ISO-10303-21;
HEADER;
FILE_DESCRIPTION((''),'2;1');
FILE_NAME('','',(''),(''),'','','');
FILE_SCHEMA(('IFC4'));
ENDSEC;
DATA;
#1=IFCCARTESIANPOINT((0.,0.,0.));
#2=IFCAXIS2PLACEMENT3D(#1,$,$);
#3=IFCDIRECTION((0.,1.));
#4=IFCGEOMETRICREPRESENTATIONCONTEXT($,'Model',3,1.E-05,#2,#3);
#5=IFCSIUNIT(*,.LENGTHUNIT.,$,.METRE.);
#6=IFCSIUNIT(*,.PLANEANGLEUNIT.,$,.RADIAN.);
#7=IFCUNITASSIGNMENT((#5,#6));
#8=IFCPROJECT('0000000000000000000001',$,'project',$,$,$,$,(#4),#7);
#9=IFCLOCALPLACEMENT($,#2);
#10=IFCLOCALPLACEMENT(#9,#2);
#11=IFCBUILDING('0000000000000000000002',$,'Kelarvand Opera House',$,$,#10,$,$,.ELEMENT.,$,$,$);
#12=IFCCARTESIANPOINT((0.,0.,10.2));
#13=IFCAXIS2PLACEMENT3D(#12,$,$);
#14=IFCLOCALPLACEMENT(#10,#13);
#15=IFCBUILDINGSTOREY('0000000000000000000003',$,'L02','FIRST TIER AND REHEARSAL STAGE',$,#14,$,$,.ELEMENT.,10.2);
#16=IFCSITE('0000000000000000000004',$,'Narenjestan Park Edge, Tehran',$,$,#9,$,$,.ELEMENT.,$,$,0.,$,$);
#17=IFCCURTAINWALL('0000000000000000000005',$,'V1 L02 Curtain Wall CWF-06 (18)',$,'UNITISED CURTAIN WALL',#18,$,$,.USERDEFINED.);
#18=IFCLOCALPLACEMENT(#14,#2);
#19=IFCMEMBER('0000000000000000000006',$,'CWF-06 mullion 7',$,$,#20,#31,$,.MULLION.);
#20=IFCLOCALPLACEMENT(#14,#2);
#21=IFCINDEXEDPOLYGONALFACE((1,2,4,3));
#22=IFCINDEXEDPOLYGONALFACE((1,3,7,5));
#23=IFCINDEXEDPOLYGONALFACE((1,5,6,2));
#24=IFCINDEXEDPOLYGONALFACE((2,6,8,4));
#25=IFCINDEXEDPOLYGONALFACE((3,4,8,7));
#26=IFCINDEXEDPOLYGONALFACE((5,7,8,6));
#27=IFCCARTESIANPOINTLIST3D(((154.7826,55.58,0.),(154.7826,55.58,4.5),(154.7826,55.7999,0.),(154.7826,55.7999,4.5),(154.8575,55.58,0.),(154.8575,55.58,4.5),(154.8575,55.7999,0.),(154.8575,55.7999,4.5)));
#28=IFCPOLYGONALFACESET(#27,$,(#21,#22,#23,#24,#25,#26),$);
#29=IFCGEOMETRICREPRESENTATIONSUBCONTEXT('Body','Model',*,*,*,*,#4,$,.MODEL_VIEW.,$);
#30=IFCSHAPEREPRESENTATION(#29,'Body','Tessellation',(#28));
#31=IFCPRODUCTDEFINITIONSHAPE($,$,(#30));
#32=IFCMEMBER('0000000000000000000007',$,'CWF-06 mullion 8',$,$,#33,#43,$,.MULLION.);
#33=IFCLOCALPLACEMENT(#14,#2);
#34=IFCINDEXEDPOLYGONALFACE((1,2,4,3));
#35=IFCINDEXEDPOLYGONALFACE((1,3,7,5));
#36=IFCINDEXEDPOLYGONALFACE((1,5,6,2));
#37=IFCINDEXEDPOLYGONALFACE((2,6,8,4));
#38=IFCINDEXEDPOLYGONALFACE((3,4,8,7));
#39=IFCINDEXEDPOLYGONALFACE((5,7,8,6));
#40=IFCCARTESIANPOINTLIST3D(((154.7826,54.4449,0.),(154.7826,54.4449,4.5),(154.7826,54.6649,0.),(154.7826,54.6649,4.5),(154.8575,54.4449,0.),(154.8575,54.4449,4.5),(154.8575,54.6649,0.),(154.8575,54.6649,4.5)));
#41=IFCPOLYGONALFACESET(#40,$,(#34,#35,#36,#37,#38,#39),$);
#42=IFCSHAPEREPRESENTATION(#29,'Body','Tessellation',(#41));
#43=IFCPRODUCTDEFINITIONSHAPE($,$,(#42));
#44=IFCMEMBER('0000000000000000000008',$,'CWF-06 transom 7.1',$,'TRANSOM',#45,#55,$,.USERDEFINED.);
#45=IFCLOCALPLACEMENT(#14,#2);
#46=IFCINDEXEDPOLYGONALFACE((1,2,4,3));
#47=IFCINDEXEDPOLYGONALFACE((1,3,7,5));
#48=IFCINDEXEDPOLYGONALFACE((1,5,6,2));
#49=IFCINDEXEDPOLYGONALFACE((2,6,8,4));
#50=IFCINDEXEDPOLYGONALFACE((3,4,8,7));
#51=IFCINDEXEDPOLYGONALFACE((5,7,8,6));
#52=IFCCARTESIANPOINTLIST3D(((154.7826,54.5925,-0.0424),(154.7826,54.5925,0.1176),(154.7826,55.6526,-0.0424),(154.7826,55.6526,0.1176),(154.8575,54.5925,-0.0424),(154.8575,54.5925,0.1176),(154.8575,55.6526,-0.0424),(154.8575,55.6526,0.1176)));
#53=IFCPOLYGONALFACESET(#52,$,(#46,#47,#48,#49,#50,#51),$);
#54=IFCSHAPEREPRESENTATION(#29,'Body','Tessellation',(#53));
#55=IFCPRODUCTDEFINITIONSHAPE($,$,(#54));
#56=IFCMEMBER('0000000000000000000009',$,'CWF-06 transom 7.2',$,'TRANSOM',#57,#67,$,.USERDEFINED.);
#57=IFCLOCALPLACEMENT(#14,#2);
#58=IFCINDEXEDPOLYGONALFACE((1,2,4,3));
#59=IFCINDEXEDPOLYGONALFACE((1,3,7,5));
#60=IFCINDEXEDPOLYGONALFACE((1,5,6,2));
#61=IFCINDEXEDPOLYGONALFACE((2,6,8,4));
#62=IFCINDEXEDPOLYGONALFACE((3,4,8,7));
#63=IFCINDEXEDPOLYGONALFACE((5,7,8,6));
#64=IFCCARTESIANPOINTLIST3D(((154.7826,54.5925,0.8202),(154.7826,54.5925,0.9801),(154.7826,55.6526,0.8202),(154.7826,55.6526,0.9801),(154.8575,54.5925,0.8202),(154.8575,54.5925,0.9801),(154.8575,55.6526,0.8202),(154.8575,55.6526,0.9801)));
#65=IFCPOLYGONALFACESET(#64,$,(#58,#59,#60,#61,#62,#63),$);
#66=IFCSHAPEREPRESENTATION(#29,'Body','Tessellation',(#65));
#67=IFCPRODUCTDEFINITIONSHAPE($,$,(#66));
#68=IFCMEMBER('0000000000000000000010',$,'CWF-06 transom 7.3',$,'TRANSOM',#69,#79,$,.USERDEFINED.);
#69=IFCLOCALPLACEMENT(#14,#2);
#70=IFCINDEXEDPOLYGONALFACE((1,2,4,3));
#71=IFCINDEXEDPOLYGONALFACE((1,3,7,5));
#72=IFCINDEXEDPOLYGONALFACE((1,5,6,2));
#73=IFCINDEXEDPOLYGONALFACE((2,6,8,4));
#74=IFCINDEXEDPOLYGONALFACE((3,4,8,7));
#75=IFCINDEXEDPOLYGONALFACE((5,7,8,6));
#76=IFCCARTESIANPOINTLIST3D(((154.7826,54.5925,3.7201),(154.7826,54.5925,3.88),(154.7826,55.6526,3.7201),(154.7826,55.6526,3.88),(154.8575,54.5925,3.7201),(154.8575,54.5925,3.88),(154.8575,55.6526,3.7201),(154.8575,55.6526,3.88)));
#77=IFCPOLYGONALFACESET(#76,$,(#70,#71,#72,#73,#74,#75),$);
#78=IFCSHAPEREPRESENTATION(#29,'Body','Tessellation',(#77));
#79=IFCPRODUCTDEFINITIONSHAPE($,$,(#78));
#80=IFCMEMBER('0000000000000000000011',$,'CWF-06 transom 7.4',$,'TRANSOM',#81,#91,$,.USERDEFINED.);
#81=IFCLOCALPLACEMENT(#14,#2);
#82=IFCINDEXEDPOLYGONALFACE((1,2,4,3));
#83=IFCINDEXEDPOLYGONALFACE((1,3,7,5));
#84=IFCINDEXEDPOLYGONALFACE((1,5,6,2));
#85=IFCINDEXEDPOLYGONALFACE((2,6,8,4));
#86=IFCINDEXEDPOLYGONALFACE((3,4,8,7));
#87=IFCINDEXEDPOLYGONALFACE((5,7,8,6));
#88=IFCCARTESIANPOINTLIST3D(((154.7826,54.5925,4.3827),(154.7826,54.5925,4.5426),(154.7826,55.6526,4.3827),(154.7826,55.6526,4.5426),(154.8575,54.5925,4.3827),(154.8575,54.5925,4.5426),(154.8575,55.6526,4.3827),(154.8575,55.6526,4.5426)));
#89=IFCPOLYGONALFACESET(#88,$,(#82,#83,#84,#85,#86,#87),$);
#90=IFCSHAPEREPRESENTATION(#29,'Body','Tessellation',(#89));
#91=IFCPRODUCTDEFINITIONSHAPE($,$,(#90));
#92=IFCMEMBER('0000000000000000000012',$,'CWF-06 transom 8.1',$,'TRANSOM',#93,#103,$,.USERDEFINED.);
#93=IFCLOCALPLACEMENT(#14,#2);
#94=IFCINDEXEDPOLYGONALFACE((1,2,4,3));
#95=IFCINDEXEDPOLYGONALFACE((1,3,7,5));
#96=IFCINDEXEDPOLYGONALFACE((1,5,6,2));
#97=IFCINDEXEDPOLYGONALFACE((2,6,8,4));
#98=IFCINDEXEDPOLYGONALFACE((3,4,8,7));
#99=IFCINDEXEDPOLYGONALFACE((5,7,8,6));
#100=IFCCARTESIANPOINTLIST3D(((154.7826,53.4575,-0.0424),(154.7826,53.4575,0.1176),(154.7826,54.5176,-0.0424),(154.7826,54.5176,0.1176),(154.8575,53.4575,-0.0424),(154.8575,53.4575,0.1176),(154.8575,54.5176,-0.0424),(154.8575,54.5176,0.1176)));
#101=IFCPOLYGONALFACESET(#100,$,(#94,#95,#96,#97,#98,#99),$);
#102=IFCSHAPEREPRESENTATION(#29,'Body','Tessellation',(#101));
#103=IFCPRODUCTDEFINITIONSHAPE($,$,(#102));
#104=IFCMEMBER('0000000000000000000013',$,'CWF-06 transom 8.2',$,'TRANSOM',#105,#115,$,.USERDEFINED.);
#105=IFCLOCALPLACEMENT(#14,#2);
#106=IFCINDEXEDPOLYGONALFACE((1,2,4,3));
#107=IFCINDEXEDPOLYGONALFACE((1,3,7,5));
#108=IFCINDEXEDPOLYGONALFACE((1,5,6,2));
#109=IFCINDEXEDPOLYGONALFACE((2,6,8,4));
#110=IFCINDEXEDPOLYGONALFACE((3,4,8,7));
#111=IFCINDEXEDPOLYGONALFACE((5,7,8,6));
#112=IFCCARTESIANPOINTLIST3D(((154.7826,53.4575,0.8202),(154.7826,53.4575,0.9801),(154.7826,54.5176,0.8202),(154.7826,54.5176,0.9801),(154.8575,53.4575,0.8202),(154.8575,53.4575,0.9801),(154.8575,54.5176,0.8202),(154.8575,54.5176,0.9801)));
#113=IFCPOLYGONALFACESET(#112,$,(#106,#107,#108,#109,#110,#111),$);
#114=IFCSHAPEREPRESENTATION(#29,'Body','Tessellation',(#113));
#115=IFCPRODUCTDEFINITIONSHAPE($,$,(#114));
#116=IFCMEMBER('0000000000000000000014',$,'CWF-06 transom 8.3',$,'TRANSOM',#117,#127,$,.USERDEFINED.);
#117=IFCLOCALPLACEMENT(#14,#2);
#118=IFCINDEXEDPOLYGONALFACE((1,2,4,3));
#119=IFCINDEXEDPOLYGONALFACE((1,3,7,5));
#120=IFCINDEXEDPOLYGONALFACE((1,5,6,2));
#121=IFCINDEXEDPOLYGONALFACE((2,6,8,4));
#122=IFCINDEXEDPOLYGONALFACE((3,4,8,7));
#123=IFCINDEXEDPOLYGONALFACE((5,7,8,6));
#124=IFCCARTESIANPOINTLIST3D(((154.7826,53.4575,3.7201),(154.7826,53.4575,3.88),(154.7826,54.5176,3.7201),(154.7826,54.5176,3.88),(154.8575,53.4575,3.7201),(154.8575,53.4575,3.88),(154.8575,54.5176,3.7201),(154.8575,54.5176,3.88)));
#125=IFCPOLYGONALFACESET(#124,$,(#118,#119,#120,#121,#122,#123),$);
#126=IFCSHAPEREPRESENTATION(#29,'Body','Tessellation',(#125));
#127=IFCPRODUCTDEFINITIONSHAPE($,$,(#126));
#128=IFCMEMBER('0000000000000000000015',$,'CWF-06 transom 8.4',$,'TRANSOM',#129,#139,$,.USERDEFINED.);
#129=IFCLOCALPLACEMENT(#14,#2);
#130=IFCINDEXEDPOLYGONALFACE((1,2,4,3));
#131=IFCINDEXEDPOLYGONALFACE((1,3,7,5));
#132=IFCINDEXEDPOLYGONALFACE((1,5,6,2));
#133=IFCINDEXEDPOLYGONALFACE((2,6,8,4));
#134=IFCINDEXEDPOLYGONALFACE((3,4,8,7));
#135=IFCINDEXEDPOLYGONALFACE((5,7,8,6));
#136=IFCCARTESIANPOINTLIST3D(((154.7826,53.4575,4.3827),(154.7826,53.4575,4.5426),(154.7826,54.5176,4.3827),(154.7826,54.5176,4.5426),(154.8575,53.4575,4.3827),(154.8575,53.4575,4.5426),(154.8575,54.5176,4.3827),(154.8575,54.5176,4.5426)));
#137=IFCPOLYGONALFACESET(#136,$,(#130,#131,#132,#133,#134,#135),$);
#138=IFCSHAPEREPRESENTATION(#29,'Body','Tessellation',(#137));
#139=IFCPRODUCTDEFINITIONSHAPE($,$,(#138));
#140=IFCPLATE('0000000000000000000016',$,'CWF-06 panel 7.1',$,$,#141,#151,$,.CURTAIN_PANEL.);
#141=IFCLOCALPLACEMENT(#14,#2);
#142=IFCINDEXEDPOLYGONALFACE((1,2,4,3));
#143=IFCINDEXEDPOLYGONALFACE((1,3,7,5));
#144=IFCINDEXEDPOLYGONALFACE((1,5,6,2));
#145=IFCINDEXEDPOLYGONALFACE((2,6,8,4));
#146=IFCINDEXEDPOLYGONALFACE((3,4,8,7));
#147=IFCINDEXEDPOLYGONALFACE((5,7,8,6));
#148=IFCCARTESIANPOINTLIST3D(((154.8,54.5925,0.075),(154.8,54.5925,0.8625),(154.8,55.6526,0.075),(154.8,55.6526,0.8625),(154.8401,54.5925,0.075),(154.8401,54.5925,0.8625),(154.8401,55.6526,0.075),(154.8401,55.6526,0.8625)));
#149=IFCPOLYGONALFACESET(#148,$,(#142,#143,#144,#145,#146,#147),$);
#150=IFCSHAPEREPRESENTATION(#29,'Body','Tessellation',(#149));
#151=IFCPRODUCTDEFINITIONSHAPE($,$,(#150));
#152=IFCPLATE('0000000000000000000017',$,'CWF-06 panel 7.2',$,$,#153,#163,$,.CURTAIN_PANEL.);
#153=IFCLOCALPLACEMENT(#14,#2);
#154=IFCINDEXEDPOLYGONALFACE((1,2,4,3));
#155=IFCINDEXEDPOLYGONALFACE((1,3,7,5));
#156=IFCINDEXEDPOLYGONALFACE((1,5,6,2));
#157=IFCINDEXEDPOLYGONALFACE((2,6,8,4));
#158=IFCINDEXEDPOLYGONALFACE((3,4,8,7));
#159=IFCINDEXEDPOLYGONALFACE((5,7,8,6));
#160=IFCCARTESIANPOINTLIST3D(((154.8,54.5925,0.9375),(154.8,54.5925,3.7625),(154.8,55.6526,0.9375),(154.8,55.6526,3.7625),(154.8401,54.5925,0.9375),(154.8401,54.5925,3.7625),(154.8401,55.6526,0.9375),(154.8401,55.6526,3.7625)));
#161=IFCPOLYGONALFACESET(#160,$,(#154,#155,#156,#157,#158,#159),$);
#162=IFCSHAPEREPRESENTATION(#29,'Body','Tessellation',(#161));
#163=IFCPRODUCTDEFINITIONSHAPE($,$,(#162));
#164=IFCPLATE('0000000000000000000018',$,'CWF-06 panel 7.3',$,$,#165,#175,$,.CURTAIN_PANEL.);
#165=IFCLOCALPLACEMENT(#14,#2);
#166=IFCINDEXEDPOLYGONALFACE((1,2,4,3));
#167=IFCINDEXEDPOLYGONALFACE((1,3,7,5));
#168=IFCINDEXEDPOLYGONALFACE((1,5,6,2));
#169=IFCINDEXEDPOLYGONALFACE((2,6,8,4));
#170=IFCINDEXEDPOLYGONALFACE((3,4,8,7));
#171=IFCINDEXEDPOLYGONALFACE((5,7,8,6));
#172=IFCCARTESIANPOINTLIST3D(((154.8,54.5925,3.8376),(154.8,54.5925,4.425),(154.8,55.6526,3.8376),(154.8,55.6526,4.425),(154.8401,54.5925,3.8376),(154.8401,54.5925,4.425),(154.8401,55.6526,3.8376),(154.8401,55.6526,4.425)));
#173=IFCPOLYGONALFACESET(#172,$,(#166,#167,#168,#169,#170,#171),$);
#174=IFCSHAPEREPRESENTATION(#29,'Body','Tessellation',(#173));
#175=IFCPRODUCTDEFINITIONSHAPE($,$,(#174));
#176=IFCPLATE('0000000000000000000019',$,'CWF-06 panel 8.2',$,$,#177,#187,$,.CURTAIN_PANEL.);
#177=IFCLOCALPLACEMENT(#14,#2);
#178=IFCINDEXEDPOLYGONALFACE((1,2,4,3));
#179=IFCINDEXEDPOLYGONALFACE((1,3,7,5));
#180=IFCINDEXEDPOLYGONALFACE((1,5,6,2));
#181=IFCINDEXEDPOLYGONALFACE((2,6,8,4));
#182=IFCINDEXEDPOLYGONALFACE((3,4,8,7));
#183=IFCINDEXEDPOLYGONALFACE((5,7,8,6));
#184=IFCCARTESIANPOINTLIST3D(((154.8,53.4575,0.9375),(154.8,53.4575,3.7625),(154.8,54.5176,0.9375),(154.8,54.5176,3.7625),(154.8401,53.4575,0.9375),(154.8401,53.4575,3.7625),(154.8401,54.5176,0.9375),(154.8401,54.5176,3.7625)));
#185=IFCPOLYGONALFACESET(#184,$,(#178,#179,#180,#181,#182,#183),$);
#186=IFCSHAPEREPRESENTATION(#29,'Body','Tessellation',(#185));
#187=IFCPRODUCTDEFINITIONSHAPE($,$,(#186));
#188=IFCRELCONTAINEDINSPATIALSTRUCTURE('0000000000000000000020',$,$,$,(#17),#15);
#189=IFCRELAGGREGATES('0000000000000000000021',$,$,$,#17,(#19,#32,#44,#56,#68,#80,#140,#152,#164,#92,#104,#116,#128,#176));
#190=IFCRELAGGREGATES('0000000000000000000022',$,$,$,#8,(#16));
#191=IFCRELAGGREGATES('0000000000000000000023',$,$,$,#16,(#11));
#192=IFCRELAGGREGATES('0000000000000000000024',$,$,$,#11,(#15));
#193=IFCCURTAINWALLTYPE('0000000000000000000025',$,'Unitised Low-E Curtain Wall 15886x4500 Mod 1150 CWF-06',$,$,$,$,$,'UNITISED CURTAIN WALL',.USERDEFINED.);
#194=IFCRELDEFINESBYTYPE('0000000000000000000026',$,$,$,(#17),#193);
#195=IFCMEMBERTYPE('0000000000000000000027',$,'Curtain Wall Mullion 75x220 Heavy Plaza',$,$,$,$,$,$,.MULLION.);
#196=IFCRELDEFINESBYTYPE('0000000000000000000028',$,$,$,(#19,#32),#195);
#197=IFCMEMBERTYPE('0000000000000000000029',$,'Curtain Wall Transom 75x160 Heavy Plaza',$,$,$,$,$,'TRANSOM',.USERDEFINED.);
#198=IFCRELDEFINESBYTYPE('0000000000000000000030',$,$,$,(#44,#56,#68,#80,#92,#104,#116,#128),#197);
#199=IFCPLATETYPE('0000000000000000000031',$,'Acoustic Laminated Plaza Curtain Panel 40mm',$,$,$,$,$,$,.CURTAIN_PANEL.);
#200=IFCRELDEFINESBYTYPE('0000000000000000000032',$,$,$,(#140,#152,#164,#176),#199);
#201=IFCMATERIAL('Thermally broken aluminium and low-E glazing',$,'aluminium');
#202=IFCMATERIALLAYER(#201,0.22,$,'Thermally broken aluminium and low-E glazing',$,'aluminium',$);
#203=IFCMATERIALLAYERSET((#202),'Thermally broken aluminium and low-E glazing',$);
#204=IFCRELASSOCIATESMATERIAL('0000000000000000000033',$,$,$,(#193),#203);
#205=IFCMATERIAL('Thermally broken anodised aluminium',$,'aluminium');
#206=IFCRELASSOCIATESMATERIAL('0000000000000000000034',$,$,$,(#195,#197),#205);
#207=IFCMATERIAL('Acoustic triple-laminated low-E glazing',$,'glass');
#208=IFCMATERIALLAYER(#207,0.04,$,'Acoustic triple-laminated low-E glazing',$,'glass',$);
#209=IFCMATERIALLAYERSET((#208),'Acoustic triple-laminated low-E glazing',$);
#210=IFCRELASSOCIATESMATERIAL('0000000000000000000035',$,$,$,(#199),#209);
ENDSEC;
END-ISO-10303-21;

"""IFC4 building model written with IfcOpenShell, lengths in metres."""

from ifc_helpers import new_model, si_unit, direction, frame, origin, origin_2d, place, context, subcontext, project, spatial, rectangle, extrude, material, layer, layer_set, material_profile, profile_set, type_object, element, aggregate, save


model = new_model("IFC4")

# Units and contexts
model_context = context("Model", 3, precision=1e-05, world=origin(), true_north=direction((0.0, 1.0)))
body_context = subcontext(model_context, "Body", "Model", "MODEL_VIEW")
ifc_project = project(units=[si_unit("LENGTHUNIT", "METRE"), si_unit("PLANEANGLEUNIT", "RADIAN")], contexts=[model_context])

# Site, building, storey
site_placement = place(None, origin())
site = spatial("IfcSite", under=ifc_project, at=site_placement, Name="Narenjestan Park Edge, Tehran", CompositionType="ELEMENT", RefElevation=0.0)
building_placement = place(site_placement, origin())
building = spatial("IfcBuilding", under=site, at=building_placement, Name="Kelarvand Opera House", CompositionType="ELEMENT")
storey_placement = place(building_placement, frame((0.0, 0.0, 10.2)))
storey = spatial("IfcBuildingStorey", under=building, at=storey_placement, Name="L02", Description="FIRST TIER AND REHEARSAL STAGE", CompositionType="ELEMENT", Elevation=10.2)

# Curtain wall, members, plates
ifc_material_1 = material(Name="Thermally broken aluminium and low-E glazing", Category="aluminium")
ifc_layer_1 = layer(ifc_material_1, 0.22, Name="Thermally broken aluminium and low-E glazing", Category="aluminium")
ifc_layer_set_1 = layer_set([ifc_layer_1], Name="Thermally broken aluminium and low-E glazing")
curtain_wall_type = type_object("IfcCurtainWallType", Name="Unitised Low-E Curtain Wall 15886x4500 Mod 1150 CWF-06", ElementType="UNITISED CURTAIN WALL", PredefinedType="USERDEFINED", material=ifc_layer_set_1)
curtain_wall_placement = place(storey_placement, origin())
curtain_wall = element("IfcCurtainWall", 1, at=curtain_wall_placement, inside=storey, type_object=curtain_wall_type, Name="V1 L02 Curtain Wall CWF-06 (18)", ObjectType="UNITISED CURTAIN WALL", PredefinedType="USERDEFINED")
ifc_material_2 = material(Name="Thermally broken anodised aluminium", Category="aluminium")
ifc_material_profile_1 = material_profile(ifc_material_2, rectangle(XDim=0.075, YDim=0.22, at=origin_2d()), Name="ALU MULLION 75x220", Category="aluminium")
ifc_profile_set_1 = profile_set([ifc_material_profile_1], Name="Thermally broken anodised aluminium")
member_type_1 = type_object("IfcMemberType", Name="Curtain Wall Mullion 75x220 Heavy Plaza", PredefinedType="MULLION", material=ifc_profile_set_1)
member_1_placement = place(storey_placement, frame((154.8201, 55.6899, 0.0), z_axis=(0.0, 0.0, 1.0), x_axis=(1.0, 0.0, 0.0)))
member_1 = element("IfcMember", 2, at=member_1_placement, type_object=member_type_1, Name="CWF-06 mullion 7", PredefinedType="MULLION", context=body_context, shape_type="SweptSolid", body=[
    extrude(rectangle(XDim=0.075, YDim=0.22, at=origin_2d()), origin(), (0.0, 0.0, 1.0), 4.5),
])
member_2_placement = place(storey_placement, frame((154.8201, 54.5549, 0.0), z_axis=(0.0, 0.0, 1.0), x_axis=(1.0, 0.0, 0.0)))
member_2 = element("IfcMember", 3, at=member_2_placement, type_object=member_type_1, Name="CWF-06 mullion 8", PredefinedType="MULLION", context=body_context, shape_type="SweptSolid", body=[
    extrude(rectangle(XDim=0.075, YDim=0.22, at=origin_2d()), origin(), (0.0, 0.0, 1.0), 4.5),
])
ifc_material_profile_2 = material_profile(ifc_material_2, rectangle(XDim=0.075, YDim=0.1599, at=origin_2d()), Name="ALU TRANSOM 75x160", Category="aluminium")
ifc_profile_set_2 = profile_set([ifc_material_profile_2], Name="Thermally broken anodised aluminium")
member_type_2 = type_object("IfcMemberType", Name="Curtain Wall Transom 75x160 Heavy Plaza", ElementType="TRANSOM", PredefinedType="USERDEFINED", material=ifc_profile_set_2)
member_3_placement = place(storey_placement, frame((154.8201, 55.6526, 0.0376), z_axis=(0.0, -1.0, 0.0), x_axis=(1.0, 0.0, 0.0)))
member_3 = element("IfcMember", 4, at=member_3_placement, type_object=member_type_2, Name="CWF-06 transom 7.1", ObjectType="TRANSOM", PredefinedType="USERDEFINED", context=body_context, shape_type="SweptSolid", body=[
    extrude(rectangle(XDim=0.075, YDim=0.1599, at=origin_2d()), origin(), (0.0, 0.0, 1.0), 1.0601),
])
member_4_placement = place(storey_placement, frame((154.8201, 55.6526, 0.9001), z_axis=(0.0, -1.0, 0.0), x_axis=(1.0, 0.0, 0.0)))
member_4 = element("IfcMember", 5, at=member_4_placement, type_object=member_type_2, Name="CWF-06 transom 7.2", ObjectType="TRANSOM", PredefinedType="USERDEFINED", context=body_context, shape_type="SweptSolid", body=[
    extrude(rectangle(XDim=0.075, YDim=0.1599, at=origin_2d()), origin(), (0.0, 0.0, 1.0), 1.0601),
])
member_5_placement = place(storey_placement, frame((154.8201, 55.6526, 3.8), z_axis=(0.0, -1.0, 0.0), x_axis=(1.0, 0.0, 0.0)))
member_5 = element("IfcMember", 6, at=member_5_placement, type_object=member_type_2, Name="CWF-06 transom 7.3", ObjectType="TRANSOM", PredefinedType="USERDEFINED", context=body_context, shape_type="SweptSolid", body=[
    extrude(rectangle(XDim=0.075, YDim=0.1599, at=origin_2d()), origin(), (0.0, 0.0, 1.0), 1.0601),
])
member_6_placement = place(storey_placement, frame((154.8201, 55.6526, 4.4626), z_axis=(0.0, -1.0, 0.0), x_axis=(1.0, 0.0, 0.0)))
member_6 = element("IfcMember", 7, at=member_6_placement, type_object=member_type_2, Name="CWF-06 transom 7.4", ObjectType="TRANSOM", PredefinedType="USERDEFINED", context=body_context, shape_type="SweptSolid", body=[
    extrude(rectangle(XDim=0.075, YDim=0.1599, at=origin_2d()), origin(), (0.0, 0.0, 1.0), 1.0601),
])
member_7_placement = place(storey_placement, frame((154.8201, 54.5176, 0.0376), z_axis=(0.0, -1.0, 0.0), x_axis=(1.0, 0.0, 0.0)))
member_7 = element("IfcMember", 8, at=member_7_placement, type_object=member_type_2, Name="CWF-06 transom 8.1", ObjectType="TRANSOM", PredefinedType="USERDEFINED", context=body_context, shape_type="SweptSolid", body=[
    extrude(rectangle(XDim=0.075, YDim=0.1599, at=origin_2d()), origin(), (0.0, 0.0, 1.0), 1.0601),
])
member_8_placement = place(storey_placement, frame((154.8201, 54.5176, 0.9001), z_axis=(0.0, -1.0, 0.0), x_axis=(1.0, 0.0, 0.0)))
member_8 = element("IfcMember", 9, at=member_8_placement, type_object=member_type_2, Name="CWF-06 transom 8.2", ObjectType="TRANSOM", PredefinedType="USERDEFINED", context=body_context, shape_type="SweptSolid", body=[
    extrude(rectangle(XDim=0.075, YDim=0.1599, at=origin_2d()), origin(), (0.0, 0.0, 1.0), 1.0601),
])
member_9_placement = place(storey_placement, frame((154.8201, 54.5176, 3.8), z_axis=(0.0, -1.0, 0.0), x_axis=(1.0, 0.0, 0.0)))
member_9 = element("IfcMember", 10, at=member_9_placement, type_object=member_type_2, Name="CWF-06 transom 8.3", ObjectType="TRANSOM", PredefinedType="USERDEFINED", context=body_context, shape_type="SweptSolid", body=[
    extrude(rectangle(XDim=0.075, YDim=0.1599, at=origin_2d()), origin(), (0.0, 0.0, 1.0), 1.0601),
])
member_10_placement = place(storey_placement, frame((154.8201, 54.5176, 4.4626), z_axis=(0.0, -1.0, 0.0), x_axis=(1.0, 0.0, 0.0)))
member_10 = element("IfcMember", 11, at=member_10_placement, type_object=member_type_2, Name="CWF-06 transom 8.4", ObjectType="TRANSOM", PredefinedType="USERDEFINED", context=body_context, shape_type="SweptSolid", body=[
    extrude(rectangle(XDim=0.075, YDim=0.1599, at=origin_2d()), origin(), (0.0, 0.0, 1.0), 1.0601),
])
ifc_material_3 = material(Name="Acoustic triple-laminated low-E glazing", Category="glass")
ifc_layer_2 = layer(ifc_material_3, 0.04, Name="Acoustic triple-laminated low-E glazing", Category="glass")
ifc_layer_set_2 = layer_set([ifc_layer_2], Name="Acoustic triple-laminated low-E glazing")
plate_type = type_object("IfcPlateType", Name="Acoustic Laminated Plaza Curtain Panel 40mm", PredefinedType="CURTAIN_PANEL", material=ifc_layer_set_2)
plate_1_placement = place(storey_placement, frame((154.8201, 55.1226, 0.075), z_axis=(0.0, 0.0, 1.0), x_axis=(0.0, -1.0, 0.0)))
plate_1 = element("IfcPlate", 12, at=plate_1_placement, type_object=plate_type, Name="CWF-06 panel 7.1", PredefinedType="CURTAIN_PANEL", context=body_context, shape_type="SweptSolid", body=[
    extrude(rectangle(XDim=1.0601, YDim=0.04, at=origin_2d()), origin(), (0.0, 0.0, 1.0), 0.7876),
])
plate_2_placement = place(storey_placement, frame((154.8201, 55.1226, 0.9375), z_axis=(0.0, 0.0, 1.0), x_axis=(0.0, -1.0, 0.0)))
plate_2 = element("IfcPlate", 13, at=plate_2_placement, type_object=plate_type, Name="CWF-06 panel 7.2", PredefinedType="CURTAIN_PANEL", context=body_context, shape_type="SweptSolid", body=[
    extrude(rectangle(XDim=1.0601, YDim=0.04, at=origin_2d()), origin(), (0.0, 0.0, 1.0), 2.825),
])
plate_3_placement = place(storey_placement, frame((154.8201, 55.1226, 3.8376), z_axis=(0.0, 0.0, 1.0), x_axis=(0.0, -1.0, 0.0)))
plate_3 = element("IfcPlate", 14, at=plate_3_placement, type_object=plate_type, Name="CWF-06 panel 7.3", PredefinedType="CURTAIN_PANEL", context=body_context, shape_type="SweptSolid", body=[
    extrude(rectangle(XDim=1.0601, YDim=0.04, at=origin_2d()), origin(), (0.0, 0.0, 1.0), 0.5874),
])
plate_4_placement = place(storey_placement, frame((154.8201, 53.9875, 0.9375), z_axis=(0.0, 0.0, 1.0), x_axis=(0.0, -1.0, 0.0)))
plate_4 = element("IfcPlate", 15, at=plate_4_placement, type_object=plate_type, Name="CWF-06 panel 8.2", PredefinedType="CURTAIN_PANEL", context=body_context, shape_type="SweptSolid", body=[
    extrude(rectangle(XDim=1.0601, YDim=0.04, at=origin_2d()), origin(), (0.0, 0.0, 1.0), 2.825),
])
aggregate(curtain_wall, [member_1, member_2, member_3, member_4, member_5, member_6, plate_1, plate_2, plate_3, member_7, member_8, member_9, member_10, plate_4])

save(model, "model.ifc")
